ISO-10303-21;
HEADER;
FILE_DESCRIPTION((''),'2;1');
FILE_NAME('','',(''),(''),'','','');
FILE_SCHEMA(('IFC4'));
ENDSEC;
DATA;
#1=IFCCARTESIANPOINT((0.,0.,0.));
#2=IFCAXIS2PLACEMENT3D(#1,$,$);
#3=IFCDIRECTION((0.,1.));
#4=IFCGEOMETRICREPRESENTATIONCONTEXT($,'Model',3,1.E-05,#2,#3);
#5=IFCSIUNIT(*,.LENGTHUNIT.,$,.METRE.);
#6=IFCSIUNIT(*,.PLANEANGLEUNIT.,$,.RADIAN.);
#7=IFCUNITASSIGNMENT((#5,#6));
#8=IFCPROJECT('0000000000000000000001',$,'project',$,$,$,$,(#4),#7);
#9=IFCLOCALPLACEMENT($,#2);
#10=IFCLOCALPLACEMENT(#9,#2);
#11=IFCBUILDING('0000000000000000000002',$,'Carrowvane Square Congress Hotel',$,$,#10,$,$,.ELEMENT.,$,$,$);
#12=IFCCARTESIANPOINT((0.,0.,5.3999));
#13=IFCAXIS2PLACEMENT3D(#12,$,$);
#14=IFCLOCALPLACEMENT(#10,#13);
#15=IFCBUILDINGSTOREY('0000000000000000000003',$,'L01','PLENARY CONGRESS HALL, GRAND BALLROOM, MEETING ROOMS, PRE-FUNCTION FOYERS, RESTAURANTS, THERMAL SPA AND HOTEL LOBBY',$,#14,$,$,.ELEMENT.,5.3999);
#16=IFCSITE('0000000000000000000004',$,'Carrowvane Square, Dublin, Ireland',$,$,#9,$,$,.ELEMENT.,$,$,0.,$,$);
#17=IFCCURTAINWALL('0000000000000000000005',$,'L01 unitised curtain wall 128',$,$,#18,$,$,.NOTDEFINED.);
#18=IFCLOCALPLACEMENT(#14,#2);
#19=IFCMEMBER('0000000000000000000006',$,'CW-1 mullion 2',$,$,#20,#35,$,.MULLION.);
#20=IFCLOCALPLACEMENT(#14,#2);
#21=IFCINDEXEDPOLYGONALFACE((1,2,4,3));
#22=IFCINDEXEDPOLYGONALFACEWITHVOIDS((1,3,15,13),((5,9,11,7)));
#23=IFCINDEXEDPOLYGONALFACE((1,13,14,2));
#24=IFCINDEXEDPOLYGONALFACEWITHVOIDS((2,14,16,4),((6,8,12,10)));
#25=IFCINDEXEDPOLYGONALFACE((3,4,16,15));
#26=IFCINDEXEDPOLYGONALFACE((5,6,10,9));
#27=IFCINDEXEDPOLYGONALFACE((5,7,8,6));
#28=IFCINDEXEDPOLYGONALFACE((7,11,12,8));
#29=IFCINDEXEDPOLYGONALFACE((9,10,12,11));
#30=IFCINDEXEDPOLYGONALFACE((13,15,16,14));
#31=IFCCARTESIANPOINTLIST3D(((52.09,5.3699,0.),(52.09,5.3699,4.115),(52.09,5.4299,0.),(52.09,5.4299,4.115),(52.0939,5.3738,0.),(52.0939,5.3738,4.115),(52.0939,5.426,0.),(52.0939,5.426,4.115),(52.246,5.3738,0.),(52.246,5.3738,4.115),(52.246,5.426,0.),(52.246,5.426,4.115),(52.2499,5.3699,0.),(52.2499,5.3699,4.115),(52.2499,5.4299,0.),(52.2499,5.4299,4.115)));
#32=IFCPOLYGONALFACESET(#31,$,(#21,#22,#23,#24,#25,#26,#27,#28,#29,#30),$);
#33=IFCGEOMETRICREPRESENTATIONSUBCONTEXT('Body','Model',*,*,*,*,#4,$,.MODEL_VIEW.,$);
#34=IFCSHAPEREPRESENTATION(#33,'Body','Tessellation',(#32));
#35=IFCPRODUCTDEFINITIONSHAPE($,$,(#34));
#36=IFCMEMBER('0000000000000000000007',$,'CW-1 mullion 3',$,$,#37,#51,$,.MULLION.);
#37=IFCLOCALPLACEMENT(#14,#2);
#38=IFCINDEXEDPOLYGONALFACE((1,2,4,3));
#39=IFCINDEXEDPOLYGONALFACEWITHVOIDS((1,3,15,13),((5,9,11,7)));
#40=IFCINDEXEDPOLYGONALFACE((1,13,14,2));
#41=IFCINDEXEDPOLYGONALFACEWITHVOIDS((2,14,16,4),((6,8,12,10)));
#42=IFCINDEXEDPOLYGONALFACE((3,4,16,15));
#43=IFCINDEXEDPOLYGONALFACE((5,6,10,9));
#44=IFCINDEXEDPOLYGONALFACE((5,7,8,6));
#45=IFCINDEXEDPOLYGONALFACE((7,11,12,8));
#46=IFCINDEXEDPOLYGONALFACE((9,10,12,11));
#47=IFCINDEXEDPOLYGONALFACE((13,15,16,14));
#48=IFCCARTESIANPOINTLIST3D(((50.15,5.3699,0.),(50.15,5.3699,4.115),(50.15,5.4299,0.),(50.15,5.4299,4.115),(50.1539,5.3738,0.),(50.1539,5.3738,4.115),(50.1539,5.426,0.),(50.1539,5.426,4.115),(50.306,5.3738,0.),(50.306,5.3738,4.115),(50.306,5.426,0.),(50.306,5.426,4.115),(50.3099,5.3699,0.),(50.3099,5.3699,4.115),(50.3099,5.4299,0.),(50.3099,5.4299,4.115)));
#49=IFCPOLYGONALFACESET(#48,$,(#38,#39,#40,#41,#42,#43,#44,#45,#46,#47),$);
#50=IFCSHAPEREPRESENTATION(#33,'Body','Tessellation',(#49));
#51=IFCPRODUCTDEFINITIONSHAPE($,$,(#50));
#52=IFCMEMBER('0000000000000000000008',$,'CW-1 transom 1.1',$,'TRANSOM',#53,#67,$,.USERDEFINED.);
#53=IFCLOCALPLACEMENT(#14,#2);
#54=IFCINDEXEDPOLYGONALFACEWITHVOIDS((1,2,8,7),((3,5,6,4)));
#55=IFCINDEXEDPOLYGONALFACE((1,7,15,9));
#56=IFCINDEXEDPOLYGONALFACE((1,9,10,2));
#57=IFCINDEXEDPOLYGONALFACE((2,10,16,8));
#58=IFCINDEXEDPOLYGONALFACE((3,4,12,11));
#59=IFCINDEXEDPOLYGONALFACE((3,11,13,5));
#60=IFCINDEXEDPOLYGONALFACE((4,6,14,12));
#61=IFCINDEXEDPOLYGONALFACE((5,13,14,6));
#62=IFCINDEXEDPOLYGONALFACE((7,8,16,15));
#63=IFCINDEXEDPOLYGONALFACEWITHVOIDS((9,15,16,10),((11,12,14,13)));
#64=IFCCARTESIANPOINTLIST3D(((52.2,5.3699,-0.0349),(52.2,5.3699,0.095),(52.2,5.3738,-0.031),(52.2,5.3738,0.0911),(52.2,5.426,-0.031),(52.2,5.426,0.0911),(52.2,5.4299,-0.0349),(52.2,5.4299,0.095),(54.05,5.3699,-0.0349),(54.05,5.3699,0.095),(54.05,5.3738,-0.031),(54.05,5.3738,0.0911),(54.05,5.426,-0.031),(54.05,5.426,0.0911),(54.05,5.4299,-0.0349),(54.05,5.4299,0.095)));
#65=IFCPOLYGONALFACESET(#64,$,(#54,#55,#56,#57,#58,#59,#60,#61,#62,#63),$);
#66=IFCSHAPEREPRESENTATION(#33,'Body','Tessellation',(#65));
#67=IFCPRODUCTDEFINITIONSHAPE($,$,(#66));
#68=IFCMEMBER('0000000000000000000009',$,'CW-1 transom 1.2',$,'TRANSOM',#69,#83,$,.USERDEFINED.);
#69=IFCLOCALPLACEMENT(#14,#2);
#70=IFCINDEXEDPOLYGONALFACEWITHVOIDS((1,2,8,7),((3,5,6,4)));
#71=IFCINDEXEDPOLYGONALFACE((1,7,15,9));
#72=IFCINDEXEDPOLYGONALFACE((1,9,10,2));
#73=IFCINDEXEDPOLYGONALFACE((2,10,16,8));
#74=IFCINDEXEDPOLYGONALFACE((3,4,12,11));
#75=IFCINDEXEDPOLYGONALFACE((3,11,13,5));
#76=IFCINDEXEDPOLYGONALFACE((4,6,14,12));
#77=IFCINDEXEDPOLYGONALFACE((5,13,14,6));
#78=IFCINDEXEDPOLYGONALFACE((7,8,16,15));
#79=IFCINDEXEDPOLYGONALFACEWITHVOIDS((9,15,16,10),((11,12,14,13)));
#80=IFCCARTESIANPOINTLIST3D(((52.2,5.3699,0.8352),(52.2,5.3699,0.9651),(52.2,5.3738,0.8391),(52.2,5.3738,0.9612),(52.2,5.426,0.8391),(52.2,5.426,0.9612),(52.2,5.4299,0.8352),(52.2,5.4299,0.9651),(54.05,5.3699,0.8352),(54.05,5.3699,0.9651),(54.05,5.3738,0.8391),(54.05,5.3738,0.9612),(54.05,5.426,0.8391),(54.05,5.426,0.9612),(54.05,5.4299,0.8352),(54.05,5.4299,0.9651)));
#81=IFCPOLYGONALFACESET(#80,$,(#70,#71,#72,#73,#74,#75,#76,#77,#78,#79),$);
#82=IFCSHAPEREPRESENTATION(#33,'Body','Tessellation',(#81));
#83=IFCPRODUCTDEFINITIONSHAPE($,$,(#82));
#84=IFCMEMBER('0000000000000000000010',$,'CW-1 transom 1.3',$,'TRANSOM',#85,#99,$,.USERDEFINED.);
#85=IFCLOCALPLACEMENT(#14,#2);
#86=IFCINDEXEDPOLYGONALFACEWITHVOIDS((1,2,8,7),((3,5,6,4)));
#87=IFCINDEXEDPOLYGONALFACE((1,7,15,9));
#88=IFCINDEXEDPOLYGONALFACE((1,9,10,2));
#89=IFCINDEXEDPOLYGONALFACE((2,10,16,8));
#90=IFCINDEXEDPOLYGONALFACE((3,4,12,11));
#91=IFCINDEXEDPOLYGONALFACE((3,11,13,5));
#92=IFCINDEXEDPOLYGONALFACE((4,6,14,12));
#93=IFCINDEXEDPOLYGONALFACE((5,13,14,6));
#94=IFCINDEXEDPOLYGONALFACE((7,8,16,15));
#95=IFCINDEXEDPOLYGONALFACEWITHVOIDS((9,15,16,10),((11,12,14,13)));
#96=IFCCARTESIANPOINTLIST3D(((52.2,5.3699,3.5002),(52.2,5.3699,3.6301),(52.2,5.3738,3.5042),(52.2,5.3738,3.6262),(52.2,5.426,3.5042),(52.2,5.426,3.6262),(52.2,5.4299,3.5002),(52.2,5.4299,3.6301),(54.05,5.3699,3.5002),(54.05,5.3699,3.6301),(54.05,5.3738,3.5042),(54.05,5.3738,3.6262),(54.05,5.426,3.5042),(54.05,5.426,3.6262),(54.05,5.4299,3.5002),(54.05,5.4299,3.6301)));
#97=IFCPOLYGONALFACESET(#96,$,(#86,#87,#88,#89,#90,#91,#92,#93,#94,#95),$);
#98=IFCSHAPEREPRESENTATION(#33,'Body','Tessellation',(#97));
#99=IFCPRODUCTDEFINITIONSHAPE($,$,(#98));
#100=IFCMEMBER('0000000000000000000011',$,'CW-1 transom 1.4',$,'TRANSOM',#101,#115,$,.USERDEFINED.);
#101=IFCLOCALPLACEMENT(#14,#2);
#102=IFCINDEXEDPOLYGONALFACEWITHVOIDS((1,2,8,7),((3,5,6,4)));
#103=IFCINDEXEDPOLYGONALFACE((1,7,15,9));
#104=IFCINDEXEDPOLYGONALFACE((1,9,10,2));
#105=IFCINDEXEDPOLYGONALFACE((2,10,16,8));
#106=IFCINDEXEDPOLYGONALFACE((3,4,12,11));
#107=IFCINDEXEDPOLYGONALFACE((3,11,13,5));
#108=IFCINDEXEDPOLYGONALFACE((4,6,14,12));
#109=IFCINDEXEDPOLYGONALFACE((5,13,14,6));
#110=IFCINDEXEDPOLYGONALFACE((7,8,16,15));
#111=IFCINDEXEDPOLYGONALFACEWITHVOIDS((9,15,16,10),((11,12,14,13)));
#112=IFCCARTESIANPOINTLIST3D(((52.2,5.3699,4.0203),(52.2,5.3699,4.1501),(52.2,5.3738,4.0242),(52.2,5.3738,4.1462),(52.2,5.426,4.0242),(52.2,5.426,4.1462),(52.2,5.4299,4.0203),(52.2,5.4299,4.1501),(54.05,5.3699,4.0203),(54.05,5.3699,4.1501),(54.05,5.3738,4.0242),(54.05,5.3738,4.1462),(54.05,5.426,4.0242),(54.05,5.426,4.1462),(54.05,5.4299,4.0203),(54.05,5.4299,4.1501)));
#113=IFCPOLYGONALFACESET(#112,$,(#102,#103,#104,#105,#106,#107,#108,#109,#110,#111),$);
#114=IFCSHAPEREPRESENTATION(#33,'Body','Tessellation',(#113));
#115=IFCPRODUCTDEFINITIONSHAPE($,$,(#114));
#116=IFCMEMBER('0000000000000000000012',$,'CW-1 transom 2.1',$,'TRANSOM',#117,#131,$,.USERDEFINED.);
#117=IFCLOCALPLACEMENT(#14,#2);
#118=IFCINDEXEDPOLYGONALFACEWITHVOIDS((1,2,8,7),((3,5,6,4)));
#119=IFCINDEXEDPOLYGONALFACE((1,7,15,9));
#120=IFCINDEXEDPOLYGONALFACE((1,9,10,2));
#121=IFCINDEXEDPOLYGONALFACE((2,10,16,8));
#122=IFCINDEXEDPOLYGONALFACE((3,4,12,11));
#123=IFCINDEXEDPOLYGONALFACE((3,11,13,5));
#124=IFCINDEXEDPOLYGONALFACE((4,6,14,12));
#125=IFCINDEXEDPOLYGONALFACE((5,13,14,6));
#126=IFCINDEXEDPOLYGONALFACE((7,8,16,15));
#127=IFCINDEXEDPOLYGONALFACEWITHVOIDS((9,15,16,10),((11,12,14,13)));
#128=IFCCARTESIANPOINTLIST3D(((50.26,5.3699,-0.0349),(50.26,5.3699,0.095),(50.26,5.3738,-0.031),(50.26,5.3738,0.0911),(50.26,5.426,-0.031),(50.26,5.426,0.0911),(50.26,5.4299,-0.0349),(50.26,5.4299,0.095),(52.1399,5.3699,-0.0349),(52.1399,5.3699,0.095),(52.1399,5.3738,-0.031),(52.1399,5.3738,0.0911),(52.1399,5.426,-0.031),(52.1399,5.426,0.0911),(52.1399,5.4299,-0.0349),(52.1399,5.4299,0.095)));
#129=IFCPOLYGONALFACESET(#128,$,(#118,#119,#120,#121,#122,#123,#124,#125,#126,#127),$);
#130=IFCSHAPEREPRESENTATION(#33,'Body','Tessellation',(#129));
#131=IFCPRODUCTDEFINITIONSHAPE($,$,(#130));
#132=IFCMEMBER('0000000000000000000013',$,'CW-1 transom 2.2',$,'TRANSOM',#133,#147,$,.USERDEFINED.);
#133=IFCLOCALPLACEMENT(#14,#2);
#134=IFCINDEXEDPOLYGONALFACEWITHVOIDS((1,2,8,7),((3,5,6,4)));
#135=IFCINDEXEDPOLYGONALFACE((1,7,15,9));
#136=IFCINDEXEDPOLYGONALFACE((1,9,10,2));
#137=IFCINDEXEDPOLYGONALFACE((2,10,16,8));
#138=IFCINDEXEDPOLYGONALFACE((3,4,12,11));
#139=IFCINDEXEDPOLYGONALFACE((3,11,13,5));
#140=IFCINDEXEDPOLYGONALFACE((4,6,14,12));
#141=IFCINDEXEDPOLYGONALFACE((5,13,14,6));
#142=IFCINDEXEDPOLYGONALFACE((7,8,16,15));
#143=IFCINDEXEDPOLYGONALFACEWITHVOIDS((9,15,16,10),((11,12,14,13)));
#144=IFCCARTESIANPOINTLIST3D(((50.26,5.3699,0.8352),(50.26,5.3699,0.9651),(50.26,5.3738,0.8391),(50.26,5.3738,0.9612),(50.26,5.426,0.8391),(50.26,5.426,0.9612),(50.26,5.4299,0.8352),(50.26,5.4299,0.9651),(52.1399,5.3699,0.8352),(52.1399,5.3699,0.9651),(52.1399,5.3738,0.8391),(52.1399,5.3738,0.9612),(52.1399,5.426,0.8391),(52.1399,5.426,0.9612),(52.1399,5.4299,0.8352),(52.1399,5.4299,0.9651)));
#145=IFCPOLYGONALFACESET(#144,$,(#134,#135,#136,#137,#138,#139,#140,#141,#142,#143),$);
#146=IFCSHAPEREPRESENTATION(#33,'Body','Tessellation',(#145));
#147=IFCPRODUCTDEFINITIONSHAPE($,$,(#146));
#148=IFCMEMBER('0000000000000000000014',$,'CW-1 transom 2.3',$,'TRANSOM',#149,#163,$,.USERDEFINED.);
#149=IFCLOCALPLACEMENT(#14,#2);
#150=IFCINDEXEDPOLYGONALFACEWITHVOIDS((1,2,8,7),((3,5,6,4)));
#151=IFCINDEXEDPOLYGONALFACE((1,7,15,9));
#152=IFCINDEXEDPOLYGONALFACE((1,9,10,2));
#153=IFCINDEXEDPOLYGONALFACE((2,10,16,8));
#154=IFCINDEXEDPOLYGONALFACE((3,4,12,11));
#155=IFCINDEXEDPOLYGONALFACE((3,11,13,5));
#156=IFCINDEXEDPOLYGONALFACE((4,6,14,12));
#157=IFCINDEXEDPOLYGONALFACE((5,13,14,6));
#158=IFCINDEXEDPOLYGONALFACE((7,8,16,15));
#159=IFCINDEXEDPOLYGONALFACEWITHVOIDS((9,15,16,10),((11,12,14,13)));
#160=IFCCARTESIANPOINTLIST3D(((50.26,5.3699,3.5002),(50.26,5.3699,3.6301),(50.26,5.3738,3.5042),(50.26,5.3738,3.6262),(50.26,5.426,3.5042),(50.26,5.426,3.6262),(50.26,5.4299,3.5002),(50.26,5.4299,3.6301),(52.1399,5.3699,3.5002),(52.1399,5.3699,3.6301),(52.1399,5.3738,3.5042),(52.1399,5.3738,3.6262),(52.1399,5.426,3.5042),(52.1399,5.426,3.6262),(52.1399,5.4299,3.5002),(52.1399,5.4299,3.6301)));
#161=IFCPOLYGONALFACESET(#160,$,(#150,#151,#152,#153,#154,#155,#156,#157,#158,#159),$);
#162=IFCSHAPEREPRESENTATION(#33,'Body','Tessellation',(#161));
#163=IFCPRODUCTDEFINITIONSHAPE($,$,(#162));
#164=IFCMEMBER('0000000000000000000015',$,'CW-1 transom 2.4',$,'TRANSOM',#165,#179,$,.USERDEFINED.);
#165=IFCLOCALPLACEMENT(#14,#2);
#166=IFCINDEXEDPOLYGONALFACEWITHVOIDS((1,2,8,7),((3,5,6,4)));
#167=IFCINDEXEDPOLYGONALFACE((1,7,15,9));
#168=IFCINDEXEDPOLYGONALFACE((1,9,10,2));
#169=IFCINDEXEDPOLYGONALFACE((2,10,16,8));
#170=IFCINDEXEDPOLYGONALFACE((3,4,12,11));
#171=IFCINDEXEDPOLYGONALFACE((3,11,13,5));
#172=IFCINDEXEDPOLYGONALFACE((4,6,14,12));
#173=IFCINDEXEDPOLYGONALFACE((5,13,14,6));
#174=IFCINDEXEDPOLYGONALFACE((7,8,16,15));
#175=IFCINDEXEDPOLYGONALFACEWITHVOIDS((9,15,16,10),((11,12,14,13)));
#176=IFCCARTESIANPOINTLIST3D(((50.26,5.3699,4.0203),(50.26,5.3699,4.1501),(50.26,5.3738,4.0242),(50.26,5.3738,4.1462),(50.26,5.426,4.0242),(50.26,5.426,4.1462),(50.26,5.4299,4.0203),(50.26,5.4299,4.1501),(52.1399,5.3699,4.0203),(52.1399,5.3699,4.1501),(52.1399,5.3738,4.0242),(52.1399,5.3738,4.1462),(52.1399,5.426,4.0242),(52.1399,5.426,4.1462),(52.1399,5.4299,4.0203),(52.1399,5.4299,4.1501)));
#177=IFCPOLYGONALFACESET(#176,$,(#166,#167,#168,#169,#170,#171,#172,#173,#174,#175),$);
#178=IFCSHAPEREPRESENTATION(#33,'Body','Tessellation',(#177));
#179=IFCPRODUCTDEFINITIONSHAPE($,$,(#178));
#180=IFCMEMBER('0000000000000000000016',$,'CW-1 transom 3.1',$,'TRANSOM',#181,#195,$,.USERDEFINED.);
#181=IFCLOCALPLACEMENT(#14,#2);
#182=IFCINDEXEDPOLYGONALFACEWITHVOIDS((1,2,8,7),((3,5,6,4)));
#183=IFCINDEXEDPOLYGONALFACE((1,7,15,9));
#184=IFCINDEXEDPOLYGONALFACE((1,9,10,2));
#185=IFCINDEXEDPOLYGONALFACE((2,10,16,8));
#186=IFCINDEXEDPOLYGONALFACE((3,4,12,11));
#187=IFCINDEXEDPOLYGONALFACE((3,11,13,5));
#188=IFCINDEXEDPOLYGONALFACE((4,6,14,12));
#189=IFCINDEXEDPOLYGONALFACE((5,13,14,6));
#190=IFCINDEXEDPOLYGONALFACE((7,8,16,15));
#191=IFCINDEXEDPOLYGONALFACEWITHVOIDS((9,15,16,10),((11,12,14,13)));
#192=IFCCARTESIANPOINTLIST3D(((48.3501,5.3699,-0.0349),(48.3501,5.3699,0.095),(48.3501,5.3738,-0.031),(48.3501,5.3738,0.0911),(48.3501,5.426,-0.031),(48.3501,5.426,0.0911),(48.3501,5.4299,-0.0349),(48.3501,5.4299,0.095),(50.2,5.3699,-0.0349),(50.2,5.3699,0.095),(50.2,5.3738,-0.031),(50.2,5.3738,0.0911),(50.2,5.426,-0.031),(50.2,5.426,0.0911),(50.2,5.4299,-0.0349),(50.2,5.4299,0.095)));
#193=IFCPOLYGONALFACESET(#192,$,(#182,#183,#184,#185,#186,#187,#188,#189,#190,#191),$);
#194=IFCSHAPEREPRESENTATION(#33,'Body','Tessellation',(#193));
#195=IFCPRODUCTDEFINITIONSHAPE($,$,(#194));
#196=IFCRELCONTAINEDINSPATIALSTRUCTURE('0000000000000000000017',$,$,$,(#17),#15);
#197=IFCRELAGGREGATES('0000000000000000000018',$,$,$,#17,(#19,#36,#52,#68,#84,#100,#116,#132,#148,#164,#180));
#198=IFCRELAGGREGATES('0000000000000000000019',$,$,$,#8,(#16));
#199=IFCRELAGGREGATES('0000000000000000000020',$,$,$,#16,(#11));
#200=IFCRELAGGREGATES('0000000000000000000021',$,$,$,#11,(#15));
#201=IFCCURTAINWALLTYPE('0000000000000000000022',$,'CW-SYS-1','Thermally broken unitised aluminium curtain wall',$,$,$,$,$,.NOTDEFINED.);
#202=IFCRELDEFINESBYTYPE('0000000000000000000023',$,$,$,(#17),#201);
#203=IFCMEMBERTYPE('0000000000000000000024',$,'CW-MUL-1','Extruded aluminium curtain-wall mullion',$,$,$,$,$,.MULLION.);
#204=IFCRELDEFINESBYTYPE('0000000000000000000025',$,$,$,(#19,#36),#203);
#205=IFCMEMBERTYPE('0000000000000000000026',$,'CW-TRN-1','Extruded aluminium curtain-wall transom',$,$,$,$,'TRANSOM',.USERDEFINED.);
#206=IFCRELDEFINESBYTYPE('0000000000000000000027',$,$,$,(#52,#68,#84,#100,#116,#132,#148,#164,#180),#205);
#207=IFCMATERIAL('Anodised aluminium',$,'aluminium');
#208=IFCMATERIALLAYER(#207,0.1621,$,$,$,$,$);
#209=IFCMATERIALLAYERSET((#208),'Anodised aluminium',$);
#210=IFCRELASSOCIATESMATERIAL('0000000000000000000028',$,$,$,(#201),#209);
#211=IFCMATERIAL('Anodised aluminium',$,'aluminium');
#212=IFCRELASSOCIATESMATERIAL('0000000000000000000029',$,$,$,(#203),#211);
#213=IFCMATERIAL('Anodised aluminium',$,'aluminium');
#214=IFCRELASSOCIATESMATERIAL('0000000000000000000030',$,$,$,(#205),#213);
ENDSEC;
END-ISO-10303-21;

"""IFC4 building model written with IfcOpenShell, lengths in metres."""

from ifc_helpers import new_model, si_unit, direction, frame, origin, origin_2d, place, context, subcontext, project, spatial, hollow_rectangle, extrude, material, layer, layer_set, material_profile, profile_set, type_object, element, aggregate, save


model = new_model("IFC4")

# Units and contexts
model_context = context("Model", 3, precision=1e-05, world=origin(), true_north=direction((0.0, 1.0)))
body_context = subcontext(model_context, "Body", "Model", "MODEL_VIEW")
ifc_project = project(units=[si_unit("LENGTHUNIT", "METRE"), si_unit("PLANEANGLEUNIT", "RADIAN")], contexts=[model_context])

# Site, building, storey
site_placement = place(None, origin())
site = spatial("IfcSite", under=ifc_project, at=site_placement, Name="Carrowvane Square, Dublin, Ireland", CompositionType="ELEMENT", RefElevation=0.0)
building_placement = place(site_placement, origin())
building = spatial("IfcBuilding", under=site, at=building_placement, Name="Carrowvane Square Congress Hotel", CompositionType="ELEMENT")
storey_placement = place(building_placement, frame((0.0, 0.0, 5.3999)))
storey = spatial("IfcBuildingStorey", under=building, at=storey_placement, Name="L01", Description="PLENARY CONGRESS HALL, GRAND BALLROOM, MEETING ROOMS, PRE-FUNCTION FOYERS, RESTAURANTS, THERMAL SPA AND HOTEL LOBBY", CompositionType="ELEMENT", Elevation=5.3999)

# Curtain wall, members
ifc_material_1 = material(Name="Anodised aluminium", Category="aluminium")
ifc_layer_1 = layer(ifc_material_1, 0.1621)
ifc_layer_set_1 = layer_set([ifc_layer_1], Name="Anodised aluminium")
curtain_wall_type = type_object("IfcCurtainWallType", Name="CW-SYS-1", Description="Thermally broken unitised aluminium curtain wall", PredefinedType="NOTDEFINED", material=ifc_layer_set_1)
curtain_wall_placement = place(storey_placement, origin())
curtain_wall = element("IfcCurtainWall", 1, at=curtain_wall_placement, inside=storey, type_object=curtain_wall_type, Name="L01 unitised curtain wall 128", PredefinedType="NOTDEFINED")
ifc_material_2 = material(Name="Anodised aluminium", Category="aluminium")
ifc_material_profile_1 = material_profile(ifc_material_2, hollow_rectangle(XDim=0.0601, YDim=0.1599, WallThickness=0.0039, at=origin_2d()), Name="CW-ML 60x160x4")
ifc_profile_set_1 = profile_set([ifc_material_profile_1], Name="Anodised aluminium")
member_type_1 = type_object("IfcMemberType", Name="CW-MUL-1", Description="Extruded aluminium curtain-wall mullion", PredefinedType="MULLION", material=ifc_profile_set_1)
member_1_placement = place(storey_placement, frame((52.1699, 5.3999, 0.0), z_axis=(0.0, 0.0, 1.0), x_axis=(0.0, -1.0, 0.0)))
member_1 = element("IfcMember", 2, at=member_1_placement, type_object=member_type_1, Name="CW-1 mullion 2", PredefinedType="MULLION", context=body_context, shape_type="SweptSolid", body=[
    extrude(hollow_rectangle(XDim=0.0601, YDim=0.1599, WallThickness=0.0039, at=origin_2d()), origin(), (0.0, 0.0, 1.0), 4.115),
])
member_2_placement = place(storey_placement, frame((50.23, 5.3999, 0.0), z_axis=(0.0, 0.0, 1.0), x_axis=(0.0, -1.0, 0.0)))
member_2 = element("IfcMember", 3, at=member_2_placement, type_object=member_type_1, Name="CW-1 mullion 3", PredefinedType="MULLION", context=body_context, shape_type="SweptSolid", body=[
    extrude(hollow_rectangle(XDim=0.0601, YDim=0.1599, WallThickness=0.0039, at=origin_2d()), origin(), (0.0, 0.0, 1.0), 4.115),
])
ifc_material_3 = material(Name="Anodised aluminium", Category="aluminium")
ifc_material_profile_2 = material_profile(ifc_material_3, hollow_rectangle(XDim=0.0601, YDim=0.1299, WallThickness=0.0039, at=origin_2d()), Name="CW-TR 60x130x4")
ifc_profile_set_2 = profile_set([ifc_material_profile_2], Name="Anodised aluminium")
member_type_2 = type_object("IfcMemberType", Name="CW-TRN-1", Description="Extruded aluminium curtain-wall transom", ElementType="TRANSOM", PredefinedType="USERDEFINED", material=ifc_profile_set_2)
member_3_placement = place(storey_placement, frame((54.05, 5.3999, 0.03), z_axis=(-1.0, 0.0, 0.0), x_axis=(0.0, -1.0, 0.0)))
member_3 = element("IfcMember", 4, at=member_3_placement, type_object=member_type_2, Name="CW-1 transom 1.1", ObjectType="TRANSOM", PredefinedType="USERDEFINED", context=body_context, shape_type="SweptSolid", body=[
    extrude(hollow_rectangle(XDim=0.0601, YDim=0.1299, WallThickness=0.0039, at=origin_2d()), origin(), (0.0, 0.0, 1.0), 1.8501),
])
member_4_placement = place(storey_placement, frame((54.05, 5.3999, 0.9001), z_axis=(-1.0, 0.0, 0.0), x_axis=(0.0, -1.0, 0.0)))
member_4 = element("IfcMember", 5, at=member_4_placement, type_object=member_type_2, Name="CW-1 transom 1.2", ObjectType="TRANSOM", PredefinedType="USERDEFINED", context=body_context, shape_type="SweptSolid", body=[
    extrude(hollow_rectangle(XDim=0.0601, YDim=0.1299, WallThickness=0.0039, at=origin_2d()), origin(), (0.0, 0.0, 1.0), 1.8501),
])
member_5_placement = place(storey_placement, frame((54.05, 5.3999, 3.5652), z_axis=(-1.0, 0.0, 0.0), x_axis=(0.0, -1.0, 0.0)))
member_5 = element("IfcMember", 6, at=member_5_placement, type_object=member_type_2, Name="CW-1 transom 1.3", ObjectType="TRANSOM", PredefinedType="USERDEFINED", context=body_context, shape_type="SweptSolid", body=[
    extrude(hollow_rectangle(XDim=0.0601, YDim=0.1299, WallThickness=0.0039, at=origin_2d()), origin(), (0.0, 0.0, 1.0), 1.8501),
])
member_6_placement = place(storey_placement, frame((54.05, 5.3999, 4.0852), z_axis=(-1.0, 0.0, 0.0), x_axis=(0.0, -1.0, 0.0)))
member_6 = element("IfcMember", 7, at=member_6_placement, type_object=member_type_2, Name="CW-1 transom 1.4", ObjectType="TRANSOM", PredefinedType="USERDEFINED", context=body_context, shape_type="SweptSolid", body=[
    extrude(hollow_rectangle(XDim=0.0601, YDim=0.1299, WallThickness=0.0039, at=origin_2d()), origin(), (0.0, 0.0, 1.0), 1.8501),
])
member_7_placement = place(storey_placement, frame((52.1399, 5.3999, 0.03), z_axis=(-1.0, 0.0, 0.0), x_axis=(0.0, -1.0, 0.0)))
member_7 = element("IfcMember", 8, at=member_7_placement, type_object=member_type_2, Name="CW-1 transom 2.1", ObjectType="TRANSOM", PredefinedType="USERDEFINED", context=body_context, shape_type="SweptSolid", body=[
    extrude(hollow_rectangle(XDim=0.0601, YDim=0.1299, WallThickness=0.0039, at=origin_2d()), origin(), (0.0, 0.0, 1.0), 1.8799),
])
member_8_placement = place(storey_placement, frame((52.1399, 5.3999, 0.9001), z_axis=(-1.0, 0.0, 0.0), x_axis=(0.0, -1.0, 0.0)))
member_8 = element("IfcMember", 9, at=member_8_placement, type_object=member_type_2, Name="CW-1 transom 2.2", ObjectType="TRANSOM", PredefinedType="USERDEFINED", context=body_context, shape_type="SweptSolid", body=[
    extrude(hollow_rectangle(XDim=0.0601, YDim=0.1299, WallThickness=0.0039, at=origin_2d()), origin(), (0.0, 0.0, 1.0), 1.8799),
])
member_9_placement = place(storey_placement, frame((52.1399, 5.3999, 3.5652), z_axis=(-1.0, 0.0, 0.0), x_axis=(0.0, -1.0, 0.0)))
member_9 = element("IfcMember", 10, at=member_9_placement, type_object=member_type_2, Name="CW-1 transom 2.3", ObjectType="TRANSOM", PredefinedType="USERDEFINED", context=body_context, shape_type="SweptSolid", body=[
    extrude(hollow_rectangle(XDim=0.0601, YDim=0.1299, WallThickness=0.0039, at=origin_2d()), origin(), (0.0, 0.0, 1.0), 1.8799),
])
member_10_placement = place(storey_placement, frame((52.1399, 5.3999, 4.0852), z_axis=(-1.0, 0.0, 0.0), x_axis=(0.0, -1.0, 0.0)))
member_10 = element("IfcMember", 11, at=member_10_placement, type_object=member_type_2, Name="CW-1 transom 2.4", ObjectType="TRANSOM", PredefinedType="USERDEFINED", context=body_context, shape_type="SweptSolid", body=[
    extrude(hollow_rectangle(XDim=0.0601, YDim=0.1299, WallThickness=0.0039, at=origin_2d()), origin(), (0.0, 0.0, 1.0), 1.8799),
])
member_11_placement = place(storey_placement, frame((50.2, 5.3999, 0.03), z_axis=(-1.0, 0.0, 0.0), x_axis=(0.0, -1.0, 0.0)))
member_11 = element("IfcMember", 12, at=member_11_placement, type_object=member_type_2, Name="CW-1 transom 3.1", ObjectType="TRANSOM", PredefinedType="USERDEFINED", context=body_context, shape_type="SweptSolid", body=[
    extrude(hollow_rectangle(XDim=0.0601, YDim=0.1299, WallThickness=0.0039, at=origin_2d()), origin(), (0.0, 0.0, 1.0), 1.8499),
])
aggregate(curtain_wall, [member_1, member_2, member_3, member_4, member_5, member_6, member_7, member_8, member_9, member_10, member_11])

save(model, "model.ifc")
